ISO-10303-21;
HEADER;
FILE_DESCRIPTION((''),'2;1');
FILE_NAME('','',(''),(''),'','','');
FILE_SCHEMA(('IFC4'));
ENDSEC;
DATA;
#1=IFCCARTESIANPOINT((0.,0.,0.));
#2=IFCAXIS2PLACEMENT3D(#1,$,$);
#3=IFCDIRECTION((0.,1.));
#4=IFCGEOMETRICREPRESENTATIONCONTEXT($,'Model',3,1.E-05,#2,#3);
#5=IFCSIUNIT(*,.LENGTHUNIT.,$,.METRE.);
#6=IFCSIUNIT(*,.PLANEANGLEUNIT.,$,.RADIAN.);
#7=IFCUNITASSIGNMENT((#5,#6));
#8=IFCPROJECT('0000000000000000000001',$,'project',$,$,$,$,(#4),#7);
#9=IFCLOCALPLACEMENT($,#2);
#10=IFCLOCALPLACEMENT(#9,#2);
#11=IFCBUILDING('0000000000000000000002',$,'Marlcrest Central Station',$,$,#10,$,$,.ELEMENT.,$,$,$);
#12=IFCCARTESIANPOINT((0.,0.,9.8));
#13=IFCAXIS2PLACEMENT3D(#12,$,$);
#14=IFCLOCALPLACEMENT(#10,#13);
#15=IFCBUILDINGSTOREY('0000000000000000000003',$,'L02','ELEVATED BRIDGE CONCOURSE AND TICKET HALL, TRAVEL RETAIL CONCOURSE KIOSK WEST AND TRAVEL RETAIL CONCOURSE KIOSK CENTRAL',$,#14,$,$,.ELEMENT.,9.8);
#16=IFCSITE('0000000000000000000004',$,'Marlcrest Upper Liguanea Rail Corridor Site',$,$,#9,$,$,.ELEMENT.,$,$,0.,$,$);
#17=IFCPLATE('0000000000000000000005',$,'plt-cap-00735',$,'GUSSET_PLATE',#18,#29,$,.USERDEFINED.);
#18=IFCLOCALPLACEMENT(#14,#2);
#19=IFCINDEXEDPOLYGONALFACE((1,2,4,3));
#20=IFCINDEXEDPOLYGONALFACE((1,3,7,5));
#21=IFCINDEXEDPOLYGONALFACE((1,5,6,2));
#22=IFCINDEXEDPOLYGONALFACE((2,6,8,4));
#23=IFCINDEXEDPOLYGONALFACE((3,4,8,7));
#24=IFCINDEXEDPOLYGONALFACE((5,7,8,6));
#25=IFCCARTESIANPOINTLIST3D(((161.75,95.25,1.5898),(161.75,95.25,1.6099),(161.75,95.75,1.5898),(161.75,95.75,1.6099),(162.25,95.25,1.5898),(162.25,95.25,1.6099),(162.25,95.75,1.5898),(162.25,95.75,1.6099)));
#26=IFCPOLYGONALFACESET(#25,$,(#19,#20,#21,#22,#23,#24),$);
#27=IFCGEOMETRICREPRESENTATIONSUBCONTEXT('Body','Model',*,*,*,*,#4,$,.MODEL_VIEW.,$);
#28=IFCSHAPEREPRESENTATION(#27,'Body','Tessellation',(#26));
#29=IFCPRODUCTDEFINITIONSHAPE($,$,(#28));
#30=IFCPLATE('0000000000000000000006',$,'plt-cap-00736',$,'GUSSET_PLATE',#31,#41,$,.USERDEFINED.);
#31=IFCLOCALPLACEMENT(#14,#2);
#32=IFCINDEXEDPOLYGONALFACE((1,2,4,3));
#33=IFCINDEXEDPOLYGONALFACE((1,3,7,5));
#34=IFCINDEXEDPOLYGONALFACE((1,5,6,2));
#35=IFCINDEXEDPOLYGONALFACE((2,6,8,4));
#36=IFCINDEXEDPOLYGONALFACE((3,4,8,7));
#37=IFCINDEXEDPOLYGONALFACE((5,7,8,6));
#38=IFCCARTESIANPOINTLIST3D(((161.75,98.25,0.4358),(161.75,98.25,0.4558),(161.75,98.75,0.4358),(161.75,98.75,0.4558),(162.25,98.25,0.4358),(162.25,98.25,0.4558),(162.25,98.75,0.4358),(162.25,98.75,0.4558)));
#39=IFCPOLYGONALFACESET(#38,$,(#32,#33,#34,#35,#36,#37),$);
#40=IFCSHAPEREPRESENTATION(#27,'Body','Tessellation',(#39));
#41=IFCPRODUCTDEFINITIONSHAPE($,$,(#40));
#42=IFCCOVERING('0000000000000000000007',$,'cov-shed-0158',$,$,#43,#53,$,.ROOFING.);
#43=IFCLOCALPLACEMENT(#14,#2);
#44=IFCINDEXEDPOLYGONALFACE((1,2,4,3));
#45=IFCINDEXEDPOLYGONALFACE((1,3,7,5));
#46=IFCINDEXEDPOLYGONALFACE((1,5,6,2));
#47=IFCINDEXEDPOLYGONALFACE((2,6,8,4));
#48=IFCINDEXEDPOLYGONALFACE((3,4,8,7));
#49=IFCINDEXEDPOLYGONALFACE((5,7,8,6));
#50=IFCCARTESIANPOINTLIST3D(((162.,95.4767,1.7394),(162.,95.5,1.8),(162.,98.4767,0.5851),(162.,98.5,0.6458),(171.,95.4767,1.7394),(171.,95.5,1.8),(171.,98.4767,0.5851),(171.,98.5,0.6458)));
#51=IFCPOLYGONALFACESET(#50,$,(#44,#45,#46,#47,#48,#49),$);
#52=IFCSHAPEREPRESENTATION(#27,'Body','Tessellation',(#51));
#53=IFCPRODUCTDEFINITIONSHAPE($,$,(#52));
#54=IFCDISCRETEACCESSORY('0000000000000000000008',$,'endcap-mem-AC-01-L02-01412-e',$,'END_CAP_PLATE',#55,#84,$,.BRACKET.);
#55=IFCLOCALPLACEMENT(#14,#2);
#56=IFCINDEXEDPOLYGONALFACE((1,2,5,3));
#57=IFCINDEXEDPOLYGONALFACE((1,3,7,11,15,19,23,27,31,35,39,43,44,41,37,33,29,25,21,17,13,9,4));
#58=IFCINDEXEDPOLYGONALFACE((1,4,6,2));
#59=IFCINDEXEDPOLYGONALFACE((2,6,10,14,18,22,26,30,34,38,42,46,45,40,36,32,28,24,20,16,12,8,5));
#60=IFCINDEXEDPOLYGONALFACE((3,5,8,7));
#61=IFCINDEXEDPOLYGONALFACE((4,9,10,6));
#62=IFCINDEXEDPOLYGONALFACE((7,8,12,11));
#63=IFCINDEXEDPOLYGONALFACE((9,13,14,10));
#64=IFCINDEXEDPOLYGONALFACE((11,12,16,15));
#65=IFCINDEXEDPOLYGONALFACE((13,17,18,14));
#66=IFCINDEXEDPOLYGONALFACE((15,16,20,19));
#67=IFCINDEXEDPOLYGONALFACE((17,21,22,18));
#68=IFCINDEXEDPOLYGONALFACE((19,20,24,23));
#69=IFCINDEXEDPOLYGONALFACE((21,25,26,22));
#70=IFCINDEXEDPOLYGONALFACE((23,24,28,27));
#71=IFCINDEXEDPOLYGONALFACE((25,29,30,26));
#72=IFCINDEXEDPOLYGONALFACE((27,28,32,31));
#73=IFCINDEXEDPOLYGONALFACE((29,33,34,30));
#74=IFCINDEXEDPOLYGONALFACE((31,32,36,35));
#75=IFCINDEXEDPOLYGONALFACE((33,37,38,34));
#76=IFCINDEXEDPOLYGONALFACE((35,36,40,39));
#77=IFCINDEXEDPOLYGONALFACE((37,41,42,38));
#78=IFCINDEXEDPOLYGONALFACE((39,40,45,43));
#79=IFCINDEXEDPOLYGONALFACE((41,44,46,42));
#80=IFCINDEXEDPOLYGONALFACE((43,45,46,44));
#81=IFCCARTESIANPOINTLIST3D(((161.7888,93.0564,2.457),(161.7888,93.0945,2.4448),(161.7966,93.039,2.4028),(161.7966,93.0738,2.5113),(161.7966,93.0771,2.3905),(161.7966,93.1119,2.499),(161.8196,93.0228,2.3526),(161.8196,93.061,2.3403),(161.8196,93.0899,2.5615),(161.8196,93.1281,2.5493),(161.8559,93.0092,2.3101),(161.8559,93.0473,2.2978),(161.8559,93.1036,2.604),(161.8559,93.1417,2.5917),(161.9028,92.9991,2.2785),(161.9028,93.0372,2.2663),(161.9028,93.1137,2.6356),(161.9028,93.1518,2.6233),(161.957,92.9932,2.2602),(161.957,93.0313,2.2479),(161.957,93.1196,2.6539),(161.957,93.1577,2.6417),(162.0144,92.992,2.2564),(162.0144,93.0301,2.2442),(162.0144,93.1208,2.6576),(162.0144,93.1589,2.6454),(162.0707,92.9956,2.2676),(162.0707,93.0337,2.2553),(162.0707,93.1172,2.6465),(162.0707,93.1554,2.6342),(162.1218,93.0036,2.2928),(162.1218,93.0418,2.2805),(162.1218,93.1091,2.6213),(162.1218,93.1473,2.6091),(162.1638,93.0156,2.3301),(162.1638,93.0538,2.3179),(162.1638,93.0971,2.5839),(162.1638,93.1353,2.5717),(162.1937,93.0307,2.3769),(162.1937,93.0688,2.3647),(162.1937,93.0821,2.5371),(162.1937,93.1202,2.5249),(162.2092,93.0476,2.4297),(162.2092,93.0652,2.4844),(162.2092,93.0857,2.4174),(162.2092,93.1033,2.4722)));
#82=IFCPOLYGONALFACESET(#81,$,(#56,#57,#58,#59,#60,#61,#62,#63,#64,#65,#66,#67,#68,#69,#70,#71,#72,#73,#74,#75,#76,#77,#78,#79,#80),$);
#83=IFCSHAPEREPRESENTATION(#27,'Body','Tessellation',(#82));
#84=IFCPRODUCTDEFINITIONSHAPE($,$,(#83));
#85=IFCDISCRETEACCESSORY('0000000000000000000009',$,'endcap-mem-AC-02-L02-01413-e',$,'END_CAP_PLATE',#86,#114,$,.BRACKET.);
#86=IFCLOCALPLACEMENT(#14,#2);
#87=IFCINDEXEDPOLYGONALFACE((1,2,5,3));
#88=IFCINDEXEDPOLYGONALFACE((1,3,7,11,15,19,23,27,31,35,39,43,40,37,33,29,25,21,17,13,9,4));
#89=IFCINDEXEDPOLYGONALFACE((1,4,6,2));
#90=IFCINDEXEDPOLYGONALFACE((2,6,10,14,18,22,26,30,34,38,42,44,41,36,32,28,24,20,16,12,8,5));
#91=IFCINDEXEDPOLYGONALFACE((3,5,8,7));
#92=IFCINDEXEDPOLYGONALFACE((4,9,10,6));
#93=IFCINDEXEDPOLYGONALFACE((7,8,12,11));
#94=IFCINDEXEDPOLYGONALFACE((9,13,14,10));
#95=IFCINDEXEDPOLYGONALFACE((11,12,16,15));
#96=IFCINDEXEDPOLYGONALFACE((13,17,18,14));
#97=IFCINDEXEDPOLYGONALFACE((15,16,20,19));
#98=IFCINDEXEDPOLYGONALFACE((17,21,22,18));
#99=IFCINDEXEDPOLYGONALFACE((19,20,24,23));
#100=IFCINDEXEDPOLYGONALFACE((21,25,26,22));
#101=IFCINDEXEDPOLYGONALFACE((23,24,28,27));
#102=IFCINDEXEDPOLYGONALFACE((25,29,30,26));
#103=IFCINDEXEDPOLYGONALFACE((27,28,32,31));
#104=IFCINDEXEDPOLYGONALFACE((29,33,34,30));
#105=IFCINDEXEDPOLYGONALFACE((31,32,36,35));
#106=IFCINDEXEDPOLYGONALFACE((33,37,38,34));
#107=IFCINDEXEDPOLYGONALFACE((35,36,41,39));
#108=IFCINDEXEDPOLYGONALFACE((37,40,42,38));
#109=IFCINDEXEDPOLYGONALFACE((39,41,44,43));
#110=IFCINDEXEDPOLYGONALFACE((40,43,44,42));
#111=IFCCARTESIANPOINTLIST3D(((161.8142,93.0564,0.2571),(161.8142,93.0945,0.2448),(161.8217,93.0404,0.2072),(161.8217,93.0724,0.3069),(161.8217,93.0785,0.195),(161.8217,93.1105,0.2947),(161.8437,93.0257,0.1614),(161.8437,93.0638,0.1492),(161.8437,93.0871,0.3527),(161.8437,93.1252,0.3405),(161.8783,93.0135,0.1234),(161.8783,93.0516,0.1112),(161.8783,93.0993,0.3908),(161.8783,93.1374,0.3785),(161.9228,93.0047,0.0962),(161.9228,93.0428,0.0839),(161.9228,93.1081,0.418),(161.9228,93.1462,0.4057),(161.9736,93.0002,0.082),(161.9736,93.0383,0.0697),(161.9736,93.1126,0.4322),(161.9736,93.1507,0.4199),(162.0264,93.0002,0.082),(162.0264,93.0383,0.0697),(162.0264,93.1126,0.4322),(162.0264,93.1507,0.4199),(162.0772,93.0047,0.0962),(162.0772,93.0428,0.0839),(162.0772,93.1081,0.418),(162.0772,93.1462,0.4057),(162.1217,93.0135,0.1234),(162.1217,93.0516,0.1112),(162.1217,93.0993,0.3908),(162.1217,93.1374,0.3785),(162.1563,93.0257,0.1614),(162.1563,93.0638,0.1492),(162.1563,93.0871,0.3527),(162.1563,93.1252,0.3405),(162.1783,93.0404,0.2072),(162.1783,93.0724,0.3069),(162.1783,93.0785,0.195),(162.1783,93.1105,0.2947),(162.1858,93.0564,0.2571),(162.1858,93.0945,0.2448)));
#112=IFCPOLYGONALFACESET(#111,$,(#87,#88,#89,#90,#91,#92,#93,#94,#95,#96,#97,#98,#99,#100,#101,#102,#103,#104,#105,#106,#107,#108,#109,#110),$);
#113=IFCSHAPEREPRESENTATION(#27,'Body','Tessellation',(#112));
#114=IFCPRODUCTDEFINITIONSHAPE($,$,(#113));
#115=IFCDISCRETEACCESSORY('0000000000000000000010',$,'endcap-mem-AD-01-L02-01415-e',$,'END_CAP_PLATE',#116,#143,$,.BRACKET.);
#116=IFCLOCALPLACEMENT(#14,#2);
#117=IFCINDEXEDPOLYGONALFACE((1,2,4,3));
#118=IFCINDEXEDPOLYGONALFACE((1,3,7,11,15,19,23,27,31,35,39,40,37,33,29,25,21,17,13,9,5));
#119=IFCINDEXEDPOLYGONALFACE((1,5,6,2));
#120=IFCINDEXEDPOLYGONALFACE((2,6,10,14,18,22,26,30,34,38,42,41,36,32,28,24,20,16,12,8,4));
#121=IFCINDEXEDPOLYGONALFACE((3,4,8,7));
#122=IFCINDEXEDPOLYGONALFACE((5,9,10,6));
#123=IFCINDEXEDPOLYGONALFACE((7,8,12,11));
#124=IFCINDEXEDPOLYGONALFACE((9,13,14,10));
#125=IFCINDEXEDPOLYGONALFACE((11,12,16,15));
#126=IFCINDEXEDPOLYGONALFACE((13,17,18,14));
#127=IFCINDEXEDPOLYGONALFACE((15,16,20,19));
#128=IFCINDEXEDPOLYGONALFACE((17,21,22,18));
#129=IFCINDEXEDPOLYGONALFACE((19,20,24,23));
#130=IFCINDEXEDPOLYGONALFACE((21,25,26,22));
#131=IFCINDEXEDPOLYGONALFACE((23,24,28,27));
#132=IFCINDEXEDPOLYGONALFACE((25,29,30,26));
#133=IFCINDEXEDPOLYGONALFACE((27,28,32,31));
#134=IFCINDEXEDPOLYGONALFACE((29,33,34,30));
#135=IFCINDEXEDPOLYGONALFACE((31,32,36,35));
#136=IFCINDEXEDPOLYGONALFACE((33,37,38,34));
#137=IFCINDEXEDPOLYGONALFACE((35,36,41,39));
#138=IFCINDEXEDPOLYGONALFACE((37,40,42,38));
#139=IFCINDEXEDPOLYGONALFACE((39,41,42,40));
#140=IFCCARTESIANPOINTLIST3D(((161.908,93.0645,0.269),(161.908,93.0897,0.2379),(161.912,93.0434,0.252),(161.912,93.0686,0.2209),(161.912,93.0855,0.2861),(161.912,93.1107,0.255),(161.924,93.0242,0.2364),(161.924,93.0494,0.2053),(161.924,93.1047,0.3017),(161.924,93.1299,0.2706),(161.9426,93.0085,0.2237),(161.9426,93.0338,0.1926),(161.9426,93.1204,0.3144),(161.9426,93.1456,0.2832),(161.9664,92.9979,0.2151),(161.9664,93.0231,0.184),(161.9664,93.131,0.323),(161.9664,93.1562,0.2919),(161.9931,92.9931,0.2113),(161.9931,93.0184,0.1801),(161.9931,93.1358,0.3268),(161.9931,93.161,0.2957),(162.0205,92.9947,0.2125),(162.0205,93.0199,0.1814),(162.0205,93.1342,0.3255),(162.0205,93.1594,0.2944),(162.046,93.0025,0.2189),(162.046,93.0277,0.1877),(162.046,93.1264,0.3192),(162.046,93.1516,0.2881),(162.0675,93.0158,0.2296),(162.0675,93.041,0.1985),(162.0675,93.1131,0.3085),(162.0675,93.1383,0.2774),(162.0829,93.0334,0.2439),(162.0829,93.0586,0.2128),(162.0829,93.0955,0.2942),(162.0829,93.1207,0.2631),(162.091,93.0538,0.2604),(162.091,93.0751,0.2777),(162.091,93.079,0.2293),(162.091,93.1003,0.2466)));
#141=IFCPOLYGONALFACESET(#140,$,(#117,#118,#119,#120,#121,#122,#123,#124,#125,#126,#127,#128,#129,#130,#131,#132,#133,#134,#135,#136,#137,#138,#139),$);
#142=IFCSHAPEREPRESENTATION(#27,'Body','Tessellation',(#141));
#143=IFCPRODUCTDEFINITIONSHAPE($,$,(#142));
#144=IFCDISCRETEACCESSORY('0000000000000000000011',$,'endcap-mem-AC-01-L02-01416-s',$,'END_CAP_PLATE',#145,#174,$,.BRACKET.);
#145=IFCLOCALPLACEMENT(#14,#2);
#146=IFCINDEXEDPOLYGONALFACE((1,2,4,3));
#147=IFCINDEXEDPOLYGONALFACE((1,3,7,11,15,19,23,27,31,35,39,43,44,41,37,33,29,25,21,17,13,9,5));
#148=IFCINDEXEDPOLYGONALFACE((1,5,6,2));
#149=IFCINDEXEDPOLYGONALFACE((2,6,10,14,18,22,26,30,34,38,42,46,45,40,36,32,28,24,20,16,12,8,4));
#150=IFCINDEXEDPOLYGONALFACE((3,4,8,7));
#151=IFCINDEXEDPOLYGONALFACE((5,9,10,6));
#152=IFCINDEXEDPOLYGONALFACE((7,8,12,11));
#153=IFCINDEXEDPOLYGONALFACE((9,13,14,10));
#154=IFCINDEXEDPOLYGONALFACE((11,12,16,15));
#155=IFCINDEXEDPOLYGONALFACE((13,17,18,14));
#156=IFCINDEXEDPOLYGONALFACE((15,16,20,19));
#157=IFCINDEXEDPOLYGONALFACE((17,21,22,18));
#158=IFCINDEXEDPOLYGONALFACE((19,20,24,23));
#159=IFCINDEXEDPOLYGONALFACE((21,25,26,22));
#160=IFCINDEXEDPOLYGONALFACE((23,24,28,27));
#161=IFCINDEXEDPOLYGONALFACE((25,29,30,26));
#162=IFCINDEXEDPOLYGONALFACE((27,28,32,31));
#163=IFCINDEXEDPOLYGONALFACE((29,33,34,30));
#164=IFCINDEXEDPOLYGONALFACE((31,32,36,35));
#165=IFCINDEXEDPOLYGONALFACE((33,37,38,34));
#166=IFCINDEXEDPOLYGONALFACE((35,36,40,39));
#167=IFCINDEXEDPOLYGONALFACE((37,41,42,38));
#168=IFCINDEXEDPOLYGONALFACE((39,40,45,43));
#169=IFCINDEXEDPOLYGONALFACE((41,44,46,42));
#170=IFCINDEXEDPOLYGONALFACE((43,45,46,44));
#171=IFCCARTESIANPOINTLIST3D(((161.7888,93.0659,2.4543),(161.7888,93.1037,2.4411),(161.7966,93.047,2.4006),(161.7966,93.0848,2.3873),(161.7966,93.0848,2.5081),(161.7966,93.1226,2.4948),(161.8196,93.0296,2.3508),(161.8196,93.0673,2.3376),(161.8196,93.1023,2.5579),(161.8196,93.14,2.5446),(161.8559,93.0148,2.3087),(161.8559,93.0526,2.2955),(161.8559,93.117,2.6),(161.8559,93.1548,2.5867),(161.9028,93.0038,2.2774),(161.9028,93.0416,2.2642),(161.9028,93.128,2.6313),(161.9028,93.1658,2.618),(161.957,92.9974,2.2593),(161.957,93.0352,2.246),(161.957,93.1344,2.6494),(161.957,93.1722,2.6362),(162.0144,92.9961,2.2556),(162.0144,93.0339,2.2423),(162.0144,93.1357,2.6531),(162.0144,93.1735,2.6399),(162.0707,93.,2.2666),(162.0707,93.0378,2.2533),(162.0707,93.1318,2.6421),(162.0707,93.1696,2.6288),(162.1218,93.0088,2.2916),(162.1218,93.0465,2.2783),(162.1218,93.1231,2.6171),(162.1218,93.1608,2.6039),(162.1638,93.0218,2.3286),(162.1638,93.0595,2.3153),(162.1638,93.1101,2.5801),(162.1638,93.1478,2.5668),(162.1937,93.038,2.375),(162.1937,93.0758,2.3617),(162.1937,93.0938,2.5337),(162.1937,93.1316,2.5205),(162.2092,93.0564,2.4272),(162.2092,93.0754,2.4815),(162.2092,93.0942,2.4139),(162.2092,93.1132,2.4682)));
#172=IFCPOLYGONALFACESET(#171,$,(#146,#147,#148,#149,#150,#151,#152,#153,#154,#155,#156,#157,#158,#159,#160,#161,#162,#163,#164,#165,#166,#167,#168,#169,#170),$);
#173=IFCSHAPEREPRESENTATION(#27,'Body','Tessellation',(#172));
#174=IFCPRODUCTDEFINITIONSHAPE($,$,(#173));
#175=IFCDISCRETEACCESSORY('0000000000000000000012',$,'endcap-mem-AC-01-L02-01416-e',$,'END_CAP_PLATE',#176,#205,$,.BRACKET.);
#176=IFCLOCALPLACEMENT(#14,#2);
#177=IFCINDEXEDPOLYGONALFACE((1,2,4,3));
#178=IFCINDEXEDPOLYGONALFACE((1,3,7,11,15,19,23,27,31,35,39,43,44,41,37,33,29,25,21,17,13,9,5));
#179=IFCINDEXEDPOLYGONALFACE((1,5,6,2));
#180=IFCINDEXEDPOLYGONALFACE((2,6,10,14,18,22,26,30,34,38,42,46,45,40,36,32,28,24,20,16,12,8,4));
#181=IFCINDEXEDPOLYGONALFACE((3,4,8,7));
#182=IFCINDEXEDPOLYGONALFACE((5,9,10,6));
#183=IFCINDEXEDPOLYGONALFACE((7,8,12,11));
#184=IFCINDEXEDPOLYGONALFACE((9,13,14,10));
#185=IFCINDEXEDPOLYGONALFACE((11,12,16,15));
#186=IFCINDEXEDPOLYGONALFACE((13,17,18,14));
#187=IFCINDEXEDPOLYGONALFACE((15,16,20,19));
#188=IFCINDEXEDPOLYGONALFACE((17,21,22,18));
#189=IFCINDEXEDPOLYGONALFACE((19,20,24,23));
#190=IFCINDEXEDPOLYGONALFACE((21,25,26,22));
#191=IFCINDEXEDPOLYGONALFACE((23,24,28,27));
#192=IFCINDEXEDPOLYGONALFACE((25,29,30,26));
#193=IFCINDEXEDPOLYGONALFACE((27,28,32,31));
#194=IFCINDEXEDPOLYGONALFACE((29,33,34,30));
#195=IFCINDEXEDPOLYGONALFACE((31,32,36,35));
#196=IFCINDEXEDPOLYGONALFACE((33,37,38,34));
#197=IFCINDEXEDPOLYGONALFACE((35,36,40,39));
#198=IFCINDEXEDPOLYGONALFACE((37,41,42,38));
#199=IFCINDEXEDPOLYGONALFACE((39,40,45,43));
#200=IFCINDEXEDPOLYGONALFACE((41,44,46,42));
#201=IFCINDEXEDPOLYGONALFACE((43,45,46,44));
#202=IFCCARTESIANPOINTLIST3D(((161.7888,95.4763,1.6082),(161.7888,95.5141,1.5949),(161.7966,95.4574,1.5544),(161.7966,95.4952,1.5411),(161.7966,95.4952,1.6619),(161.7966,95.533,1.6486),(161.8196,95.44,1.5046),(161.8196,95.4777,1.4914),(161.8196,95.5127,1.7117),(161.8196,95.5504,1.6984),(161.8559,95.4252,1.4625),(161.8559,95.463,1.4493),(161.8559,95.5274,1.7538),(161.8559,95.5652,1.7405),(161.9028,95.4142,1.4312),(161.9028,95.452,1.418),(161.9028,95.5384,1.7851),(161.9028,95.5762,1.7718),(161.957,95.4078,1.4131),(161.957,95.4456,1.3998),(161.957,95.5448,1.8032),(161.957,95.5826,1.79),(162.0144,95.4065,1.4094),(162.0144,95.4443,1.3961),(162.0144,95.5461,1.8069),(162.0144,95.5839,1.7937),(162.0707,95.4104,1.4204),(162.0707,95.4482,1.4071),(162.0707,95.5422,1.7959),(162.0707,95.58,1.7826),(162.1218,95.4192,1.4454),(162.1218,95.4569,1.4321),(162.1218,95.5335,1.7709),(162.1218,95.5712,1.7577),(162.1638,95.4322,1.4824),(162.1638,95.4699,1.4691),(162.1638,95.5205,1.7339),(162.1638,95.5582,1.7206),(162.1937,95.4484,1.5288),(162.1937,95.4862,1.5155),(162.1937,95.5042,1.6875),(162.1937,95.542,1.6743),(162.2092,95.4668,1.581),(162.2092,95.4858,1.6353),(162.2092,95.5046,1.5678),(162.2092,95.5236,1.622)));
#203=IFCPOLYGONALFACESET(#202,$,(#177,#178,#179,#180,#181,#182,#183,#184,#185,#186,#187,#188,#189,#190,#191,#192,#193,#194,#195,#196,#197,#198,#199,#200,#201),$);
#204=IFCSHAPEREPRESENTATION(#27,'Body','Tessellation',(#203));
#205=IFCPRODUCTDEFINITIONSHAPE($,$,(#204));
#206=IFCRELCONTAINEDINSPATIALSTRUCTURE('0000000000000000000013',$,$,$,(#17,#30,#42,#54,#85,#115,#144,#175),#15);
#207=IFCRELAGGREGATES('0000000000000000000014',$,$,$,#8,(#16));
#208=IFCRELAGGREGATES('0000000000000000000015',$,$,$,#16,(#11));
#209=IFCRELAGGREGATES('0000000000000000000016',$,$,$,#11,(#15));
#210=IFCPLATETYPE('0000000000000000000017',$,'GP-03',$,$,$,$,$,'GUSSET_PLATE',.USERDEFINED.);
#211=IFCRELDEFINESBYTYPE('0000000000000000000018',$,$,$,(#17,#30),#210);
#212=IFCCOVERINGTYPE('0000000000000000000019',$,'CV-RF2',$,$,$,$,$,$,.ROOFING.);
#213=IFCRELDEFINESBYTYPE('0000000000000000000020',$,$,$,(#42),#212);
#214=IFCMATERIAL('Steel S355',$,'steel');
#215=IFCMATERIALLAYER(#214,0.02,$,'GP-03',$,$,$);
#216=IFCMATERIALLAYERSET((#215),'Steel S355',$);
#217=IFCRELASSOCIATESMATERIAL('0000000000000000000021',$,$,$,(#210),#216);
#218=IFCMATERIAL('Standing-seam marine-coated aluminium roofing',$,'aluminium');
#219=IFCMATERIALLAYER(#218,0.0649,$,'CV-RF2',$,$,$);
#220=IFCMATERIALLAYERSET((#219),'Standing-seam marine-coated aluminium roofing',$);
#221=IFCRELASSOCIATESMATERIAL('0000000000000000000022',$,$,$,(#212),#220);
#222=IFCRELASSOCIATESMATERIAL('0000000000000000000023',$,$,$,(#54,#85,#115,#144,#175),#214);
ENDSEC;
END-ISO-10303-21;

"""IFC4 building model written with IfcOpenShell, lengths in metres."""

from ifc_helpers import new_model, si_unit, direction, frame, origin, origin_2d, place, context, subcontext, project, spatial, polyline, rectangle, circle, outline, extrude, material, layer, layer_set, type_object, element, save


model = new_model("IFC4")

# Units and contexts
model_context = context("Model", 3, precision=1e-05, world=origin(), true_north=direction((0.0, 1.0)))
body_context = subcontext(model_context, "Body", "Model", "MODEL_VIEW")
ifc_project = project(units=[si_unit("LENGTHUNIT", "METRE"), si_unit("PLANEANGLEUNIT", "RADIAN")], contexts=[model_context])

# Site, building, storey
site_placement = place(None, origin())
site = spatial("IfcSite", under=ifc_project, at=site_placement, Name="Marlcrest Upper Liguanea Rail Corridor Site", CompositionType="ELEMENT", RefElevation=0.0)
building_placement = place(site_placement, origin())
building = spatial("IfcBuilding", under=site, at=building_placement, Name="Marlcrest Central Station", CompositionType="ELEMENT")
storey_placement = place(building_placement, frame((0.0, 0.0, 9.8)))
storey = spatial("IfcBuildingStorey", under=building, at=storey_placement, Name="L02", Description="ELEVATED BRIDGE CONCOURSE AND TICKET HALL, TRAVEL RETAIL CONCOURSE KIOSK WEST AND TRAVEL RETAIL CONCOURSE KIOSK CENTRAL", CompositionType="ELEMENT", Elevation=9.8)

# Shared definitions
ifc_material_1 = material(Name="Steel S355", Category="steel")

# Plates
ifc_layer_1 = layer(ifc_material_1, 0.02, Name="GP-03")
ifc_layer_set_1 = layer_set([ifc_layer_1], Name="Steel S355")
plate_type = type_object("IfcPlateType", Name="GP-03", ElementType="GUSSET_PLATE", PredefinedType="USERDEFINED", material=ifc_layer_set_1)
for number, where, z_axis, x_axis, name in (
    (1, (162.0, 95.5, 1.5898), (0.0, 0.0, 1.0), (1.0, 0.0, 0.0), "plt-cap-00735"),
    (2, (162.0, 98.5, 0.4358), (0.0, 0.0, 1.0), (1.0, 0.0, 0.0), "plt-cap-00736"),
):
    element("IfcPlate", number, at=place(storey_placement, frame(where, z_axis=z_axis, x_axis=x_axis)), inside=storey, type_object=plate_type, Name=name, ObjectType="GUSSET_PLATE", PredefinedType="USERDEFINED", context=body_context, shape_type="SweptSolid", body=[
        extrude(rectangle(XDim=0.5, YDim=0.5, at=origin_2d()), origin(), (0.0, 0.0, 1.0), 0.02),
    ])

# Covering
ifc_material_2 = material(Name="Standing-seam marine-coated aluminium roofing", Category="aluminium")
ifc_layer_2 = layer(ifc_material_2, 0.0649, Name="CV-RF2")
ifc_layer_set_2 = layer_set([ifc_layer_2], Name="Standing-seam marine-coated aluminium roofing")
covering_type = type_object("IfcCoveringType", Name="CV-RF2", PredefinedType="ROOFING", material=ifc_layer_set_2)
covering_placement = place(storey_placement, frame((162.0, 95.5, 1.8), z_axis=(0.0, 0.359101, 0.933299), x_axis=(1.0, 0.0, 0.0)))
element("IfcCovering", 3, at=covering_placement, inside=storey, type_object=covering_type, Name="cov-shed-0158", PredefinedType="ROOFING", context=body_context, shape_type="SweptSolid", body=[
    extrude(outline(polyline([(0.0, 0.0), (9.0, 0.0), (9.0, 3.2144), (0.0, 3.2144), (0.0, 0.0)])), origin(), (0.0, 0.0, -1.0), 0.0649),
])

# Discrete accessories
discrete_accessory_1_placement = place(storey_placement, frame((162.0, 93.0564, 2.457), z_axis=(0.0, 0.952117, -0.305734), x_axis=(-1.0, 0.0, 0.0)))
element("IfcDiscreteAccessory", 4, at=discrete_accessory_1_placement, inside=storey, material=ifc_material_1, Name="endcap-mem-AC-01-L02-01412-e", ObjectType="END_CAP_PLATE", PredefinedType="BRACKET", context=body_context, shape_type="SweptSolid", body=[
    extrude(circle(Radius=0.2112, at=origin_2d()), origin(), (0.0, 0.0, 1.0), 0.04),
])
discrete_accessory_2_placement = place(storey_placement, frame((162.0, 93.0564, 0.2571), z_axis=(0.0, 0.952117, -0.305734), x_axis=(-1.0, 0.0, 0.0)))
element("IfcDiscreteAccessory", 5, at=discrete_accessory_2_placement, inside=storey, material=ifc_material_1, Name="endcap-mem-AC-02-L02-01413-e", ObjectType="END_CAP_PLATE", PredefinedType="BRACKET", context=body_context, shape_type="SweptSolid", body=[
    extrude(circle(Radius=0.1858, at=origin_2d()), origin(), (0.0, 0.0, 1.0), 0.04),
])
discrete_accessory_3_placement = place(storey_placement, frame((162.0, 93.0645, 0.269), z_axis=(0.0, 0.629629, -0.776896), x_axis=(-1.0, 0.0, 0.0)))
element("IfcDiscreteAccessory", 6, at=discrete_accessory_3_placement, inside=storey, material=ifc_material_1, Name="endcap-mem-AD-01-L02-01415-e", ObjectType="END_CAP_PLATE", PredefinedType="BRACKET", context=body_context, shape_type="SweptSolid", body=[
    extrude(circle(Radius=0.092, at=origin_2d()), origin(), (0.0, 0.0, 1.0), 0.04),
])
for number, where, z_axis, x_axis, name in (
    (7, (162.0, 93.0659, 2.4543), (0.0, 0.943537, -0.331266), (-1.0, 0.0, 0.0), "endcap-mem-AC-01-L02-01416-s"),
    (8, (162.0, 95.4763, 1.6082), (0.0, 0.943537, -0.331266), (-1.0, 0.0, 0.0), "endcap-mem-AC-01-L02-01416-e"),
):
    element("IfcDiscreteAccessory", number, at=place(storey_placement, frame(where, z_axis=z_axis, x_axis=x_axis)), inside=storey, material=ifc_material_1, Name=name, ObjectType="END_CAP_PLATE", PredefinedType="BRACKET", context=body_context, shape_type="SweptSolid", body=[
        extrude(circle(Radius=0.2112, at=origin_2d()), origin(), (0.0, 0.0, 1.0), 0.04),
    ])

save(model, "model.ifc")
